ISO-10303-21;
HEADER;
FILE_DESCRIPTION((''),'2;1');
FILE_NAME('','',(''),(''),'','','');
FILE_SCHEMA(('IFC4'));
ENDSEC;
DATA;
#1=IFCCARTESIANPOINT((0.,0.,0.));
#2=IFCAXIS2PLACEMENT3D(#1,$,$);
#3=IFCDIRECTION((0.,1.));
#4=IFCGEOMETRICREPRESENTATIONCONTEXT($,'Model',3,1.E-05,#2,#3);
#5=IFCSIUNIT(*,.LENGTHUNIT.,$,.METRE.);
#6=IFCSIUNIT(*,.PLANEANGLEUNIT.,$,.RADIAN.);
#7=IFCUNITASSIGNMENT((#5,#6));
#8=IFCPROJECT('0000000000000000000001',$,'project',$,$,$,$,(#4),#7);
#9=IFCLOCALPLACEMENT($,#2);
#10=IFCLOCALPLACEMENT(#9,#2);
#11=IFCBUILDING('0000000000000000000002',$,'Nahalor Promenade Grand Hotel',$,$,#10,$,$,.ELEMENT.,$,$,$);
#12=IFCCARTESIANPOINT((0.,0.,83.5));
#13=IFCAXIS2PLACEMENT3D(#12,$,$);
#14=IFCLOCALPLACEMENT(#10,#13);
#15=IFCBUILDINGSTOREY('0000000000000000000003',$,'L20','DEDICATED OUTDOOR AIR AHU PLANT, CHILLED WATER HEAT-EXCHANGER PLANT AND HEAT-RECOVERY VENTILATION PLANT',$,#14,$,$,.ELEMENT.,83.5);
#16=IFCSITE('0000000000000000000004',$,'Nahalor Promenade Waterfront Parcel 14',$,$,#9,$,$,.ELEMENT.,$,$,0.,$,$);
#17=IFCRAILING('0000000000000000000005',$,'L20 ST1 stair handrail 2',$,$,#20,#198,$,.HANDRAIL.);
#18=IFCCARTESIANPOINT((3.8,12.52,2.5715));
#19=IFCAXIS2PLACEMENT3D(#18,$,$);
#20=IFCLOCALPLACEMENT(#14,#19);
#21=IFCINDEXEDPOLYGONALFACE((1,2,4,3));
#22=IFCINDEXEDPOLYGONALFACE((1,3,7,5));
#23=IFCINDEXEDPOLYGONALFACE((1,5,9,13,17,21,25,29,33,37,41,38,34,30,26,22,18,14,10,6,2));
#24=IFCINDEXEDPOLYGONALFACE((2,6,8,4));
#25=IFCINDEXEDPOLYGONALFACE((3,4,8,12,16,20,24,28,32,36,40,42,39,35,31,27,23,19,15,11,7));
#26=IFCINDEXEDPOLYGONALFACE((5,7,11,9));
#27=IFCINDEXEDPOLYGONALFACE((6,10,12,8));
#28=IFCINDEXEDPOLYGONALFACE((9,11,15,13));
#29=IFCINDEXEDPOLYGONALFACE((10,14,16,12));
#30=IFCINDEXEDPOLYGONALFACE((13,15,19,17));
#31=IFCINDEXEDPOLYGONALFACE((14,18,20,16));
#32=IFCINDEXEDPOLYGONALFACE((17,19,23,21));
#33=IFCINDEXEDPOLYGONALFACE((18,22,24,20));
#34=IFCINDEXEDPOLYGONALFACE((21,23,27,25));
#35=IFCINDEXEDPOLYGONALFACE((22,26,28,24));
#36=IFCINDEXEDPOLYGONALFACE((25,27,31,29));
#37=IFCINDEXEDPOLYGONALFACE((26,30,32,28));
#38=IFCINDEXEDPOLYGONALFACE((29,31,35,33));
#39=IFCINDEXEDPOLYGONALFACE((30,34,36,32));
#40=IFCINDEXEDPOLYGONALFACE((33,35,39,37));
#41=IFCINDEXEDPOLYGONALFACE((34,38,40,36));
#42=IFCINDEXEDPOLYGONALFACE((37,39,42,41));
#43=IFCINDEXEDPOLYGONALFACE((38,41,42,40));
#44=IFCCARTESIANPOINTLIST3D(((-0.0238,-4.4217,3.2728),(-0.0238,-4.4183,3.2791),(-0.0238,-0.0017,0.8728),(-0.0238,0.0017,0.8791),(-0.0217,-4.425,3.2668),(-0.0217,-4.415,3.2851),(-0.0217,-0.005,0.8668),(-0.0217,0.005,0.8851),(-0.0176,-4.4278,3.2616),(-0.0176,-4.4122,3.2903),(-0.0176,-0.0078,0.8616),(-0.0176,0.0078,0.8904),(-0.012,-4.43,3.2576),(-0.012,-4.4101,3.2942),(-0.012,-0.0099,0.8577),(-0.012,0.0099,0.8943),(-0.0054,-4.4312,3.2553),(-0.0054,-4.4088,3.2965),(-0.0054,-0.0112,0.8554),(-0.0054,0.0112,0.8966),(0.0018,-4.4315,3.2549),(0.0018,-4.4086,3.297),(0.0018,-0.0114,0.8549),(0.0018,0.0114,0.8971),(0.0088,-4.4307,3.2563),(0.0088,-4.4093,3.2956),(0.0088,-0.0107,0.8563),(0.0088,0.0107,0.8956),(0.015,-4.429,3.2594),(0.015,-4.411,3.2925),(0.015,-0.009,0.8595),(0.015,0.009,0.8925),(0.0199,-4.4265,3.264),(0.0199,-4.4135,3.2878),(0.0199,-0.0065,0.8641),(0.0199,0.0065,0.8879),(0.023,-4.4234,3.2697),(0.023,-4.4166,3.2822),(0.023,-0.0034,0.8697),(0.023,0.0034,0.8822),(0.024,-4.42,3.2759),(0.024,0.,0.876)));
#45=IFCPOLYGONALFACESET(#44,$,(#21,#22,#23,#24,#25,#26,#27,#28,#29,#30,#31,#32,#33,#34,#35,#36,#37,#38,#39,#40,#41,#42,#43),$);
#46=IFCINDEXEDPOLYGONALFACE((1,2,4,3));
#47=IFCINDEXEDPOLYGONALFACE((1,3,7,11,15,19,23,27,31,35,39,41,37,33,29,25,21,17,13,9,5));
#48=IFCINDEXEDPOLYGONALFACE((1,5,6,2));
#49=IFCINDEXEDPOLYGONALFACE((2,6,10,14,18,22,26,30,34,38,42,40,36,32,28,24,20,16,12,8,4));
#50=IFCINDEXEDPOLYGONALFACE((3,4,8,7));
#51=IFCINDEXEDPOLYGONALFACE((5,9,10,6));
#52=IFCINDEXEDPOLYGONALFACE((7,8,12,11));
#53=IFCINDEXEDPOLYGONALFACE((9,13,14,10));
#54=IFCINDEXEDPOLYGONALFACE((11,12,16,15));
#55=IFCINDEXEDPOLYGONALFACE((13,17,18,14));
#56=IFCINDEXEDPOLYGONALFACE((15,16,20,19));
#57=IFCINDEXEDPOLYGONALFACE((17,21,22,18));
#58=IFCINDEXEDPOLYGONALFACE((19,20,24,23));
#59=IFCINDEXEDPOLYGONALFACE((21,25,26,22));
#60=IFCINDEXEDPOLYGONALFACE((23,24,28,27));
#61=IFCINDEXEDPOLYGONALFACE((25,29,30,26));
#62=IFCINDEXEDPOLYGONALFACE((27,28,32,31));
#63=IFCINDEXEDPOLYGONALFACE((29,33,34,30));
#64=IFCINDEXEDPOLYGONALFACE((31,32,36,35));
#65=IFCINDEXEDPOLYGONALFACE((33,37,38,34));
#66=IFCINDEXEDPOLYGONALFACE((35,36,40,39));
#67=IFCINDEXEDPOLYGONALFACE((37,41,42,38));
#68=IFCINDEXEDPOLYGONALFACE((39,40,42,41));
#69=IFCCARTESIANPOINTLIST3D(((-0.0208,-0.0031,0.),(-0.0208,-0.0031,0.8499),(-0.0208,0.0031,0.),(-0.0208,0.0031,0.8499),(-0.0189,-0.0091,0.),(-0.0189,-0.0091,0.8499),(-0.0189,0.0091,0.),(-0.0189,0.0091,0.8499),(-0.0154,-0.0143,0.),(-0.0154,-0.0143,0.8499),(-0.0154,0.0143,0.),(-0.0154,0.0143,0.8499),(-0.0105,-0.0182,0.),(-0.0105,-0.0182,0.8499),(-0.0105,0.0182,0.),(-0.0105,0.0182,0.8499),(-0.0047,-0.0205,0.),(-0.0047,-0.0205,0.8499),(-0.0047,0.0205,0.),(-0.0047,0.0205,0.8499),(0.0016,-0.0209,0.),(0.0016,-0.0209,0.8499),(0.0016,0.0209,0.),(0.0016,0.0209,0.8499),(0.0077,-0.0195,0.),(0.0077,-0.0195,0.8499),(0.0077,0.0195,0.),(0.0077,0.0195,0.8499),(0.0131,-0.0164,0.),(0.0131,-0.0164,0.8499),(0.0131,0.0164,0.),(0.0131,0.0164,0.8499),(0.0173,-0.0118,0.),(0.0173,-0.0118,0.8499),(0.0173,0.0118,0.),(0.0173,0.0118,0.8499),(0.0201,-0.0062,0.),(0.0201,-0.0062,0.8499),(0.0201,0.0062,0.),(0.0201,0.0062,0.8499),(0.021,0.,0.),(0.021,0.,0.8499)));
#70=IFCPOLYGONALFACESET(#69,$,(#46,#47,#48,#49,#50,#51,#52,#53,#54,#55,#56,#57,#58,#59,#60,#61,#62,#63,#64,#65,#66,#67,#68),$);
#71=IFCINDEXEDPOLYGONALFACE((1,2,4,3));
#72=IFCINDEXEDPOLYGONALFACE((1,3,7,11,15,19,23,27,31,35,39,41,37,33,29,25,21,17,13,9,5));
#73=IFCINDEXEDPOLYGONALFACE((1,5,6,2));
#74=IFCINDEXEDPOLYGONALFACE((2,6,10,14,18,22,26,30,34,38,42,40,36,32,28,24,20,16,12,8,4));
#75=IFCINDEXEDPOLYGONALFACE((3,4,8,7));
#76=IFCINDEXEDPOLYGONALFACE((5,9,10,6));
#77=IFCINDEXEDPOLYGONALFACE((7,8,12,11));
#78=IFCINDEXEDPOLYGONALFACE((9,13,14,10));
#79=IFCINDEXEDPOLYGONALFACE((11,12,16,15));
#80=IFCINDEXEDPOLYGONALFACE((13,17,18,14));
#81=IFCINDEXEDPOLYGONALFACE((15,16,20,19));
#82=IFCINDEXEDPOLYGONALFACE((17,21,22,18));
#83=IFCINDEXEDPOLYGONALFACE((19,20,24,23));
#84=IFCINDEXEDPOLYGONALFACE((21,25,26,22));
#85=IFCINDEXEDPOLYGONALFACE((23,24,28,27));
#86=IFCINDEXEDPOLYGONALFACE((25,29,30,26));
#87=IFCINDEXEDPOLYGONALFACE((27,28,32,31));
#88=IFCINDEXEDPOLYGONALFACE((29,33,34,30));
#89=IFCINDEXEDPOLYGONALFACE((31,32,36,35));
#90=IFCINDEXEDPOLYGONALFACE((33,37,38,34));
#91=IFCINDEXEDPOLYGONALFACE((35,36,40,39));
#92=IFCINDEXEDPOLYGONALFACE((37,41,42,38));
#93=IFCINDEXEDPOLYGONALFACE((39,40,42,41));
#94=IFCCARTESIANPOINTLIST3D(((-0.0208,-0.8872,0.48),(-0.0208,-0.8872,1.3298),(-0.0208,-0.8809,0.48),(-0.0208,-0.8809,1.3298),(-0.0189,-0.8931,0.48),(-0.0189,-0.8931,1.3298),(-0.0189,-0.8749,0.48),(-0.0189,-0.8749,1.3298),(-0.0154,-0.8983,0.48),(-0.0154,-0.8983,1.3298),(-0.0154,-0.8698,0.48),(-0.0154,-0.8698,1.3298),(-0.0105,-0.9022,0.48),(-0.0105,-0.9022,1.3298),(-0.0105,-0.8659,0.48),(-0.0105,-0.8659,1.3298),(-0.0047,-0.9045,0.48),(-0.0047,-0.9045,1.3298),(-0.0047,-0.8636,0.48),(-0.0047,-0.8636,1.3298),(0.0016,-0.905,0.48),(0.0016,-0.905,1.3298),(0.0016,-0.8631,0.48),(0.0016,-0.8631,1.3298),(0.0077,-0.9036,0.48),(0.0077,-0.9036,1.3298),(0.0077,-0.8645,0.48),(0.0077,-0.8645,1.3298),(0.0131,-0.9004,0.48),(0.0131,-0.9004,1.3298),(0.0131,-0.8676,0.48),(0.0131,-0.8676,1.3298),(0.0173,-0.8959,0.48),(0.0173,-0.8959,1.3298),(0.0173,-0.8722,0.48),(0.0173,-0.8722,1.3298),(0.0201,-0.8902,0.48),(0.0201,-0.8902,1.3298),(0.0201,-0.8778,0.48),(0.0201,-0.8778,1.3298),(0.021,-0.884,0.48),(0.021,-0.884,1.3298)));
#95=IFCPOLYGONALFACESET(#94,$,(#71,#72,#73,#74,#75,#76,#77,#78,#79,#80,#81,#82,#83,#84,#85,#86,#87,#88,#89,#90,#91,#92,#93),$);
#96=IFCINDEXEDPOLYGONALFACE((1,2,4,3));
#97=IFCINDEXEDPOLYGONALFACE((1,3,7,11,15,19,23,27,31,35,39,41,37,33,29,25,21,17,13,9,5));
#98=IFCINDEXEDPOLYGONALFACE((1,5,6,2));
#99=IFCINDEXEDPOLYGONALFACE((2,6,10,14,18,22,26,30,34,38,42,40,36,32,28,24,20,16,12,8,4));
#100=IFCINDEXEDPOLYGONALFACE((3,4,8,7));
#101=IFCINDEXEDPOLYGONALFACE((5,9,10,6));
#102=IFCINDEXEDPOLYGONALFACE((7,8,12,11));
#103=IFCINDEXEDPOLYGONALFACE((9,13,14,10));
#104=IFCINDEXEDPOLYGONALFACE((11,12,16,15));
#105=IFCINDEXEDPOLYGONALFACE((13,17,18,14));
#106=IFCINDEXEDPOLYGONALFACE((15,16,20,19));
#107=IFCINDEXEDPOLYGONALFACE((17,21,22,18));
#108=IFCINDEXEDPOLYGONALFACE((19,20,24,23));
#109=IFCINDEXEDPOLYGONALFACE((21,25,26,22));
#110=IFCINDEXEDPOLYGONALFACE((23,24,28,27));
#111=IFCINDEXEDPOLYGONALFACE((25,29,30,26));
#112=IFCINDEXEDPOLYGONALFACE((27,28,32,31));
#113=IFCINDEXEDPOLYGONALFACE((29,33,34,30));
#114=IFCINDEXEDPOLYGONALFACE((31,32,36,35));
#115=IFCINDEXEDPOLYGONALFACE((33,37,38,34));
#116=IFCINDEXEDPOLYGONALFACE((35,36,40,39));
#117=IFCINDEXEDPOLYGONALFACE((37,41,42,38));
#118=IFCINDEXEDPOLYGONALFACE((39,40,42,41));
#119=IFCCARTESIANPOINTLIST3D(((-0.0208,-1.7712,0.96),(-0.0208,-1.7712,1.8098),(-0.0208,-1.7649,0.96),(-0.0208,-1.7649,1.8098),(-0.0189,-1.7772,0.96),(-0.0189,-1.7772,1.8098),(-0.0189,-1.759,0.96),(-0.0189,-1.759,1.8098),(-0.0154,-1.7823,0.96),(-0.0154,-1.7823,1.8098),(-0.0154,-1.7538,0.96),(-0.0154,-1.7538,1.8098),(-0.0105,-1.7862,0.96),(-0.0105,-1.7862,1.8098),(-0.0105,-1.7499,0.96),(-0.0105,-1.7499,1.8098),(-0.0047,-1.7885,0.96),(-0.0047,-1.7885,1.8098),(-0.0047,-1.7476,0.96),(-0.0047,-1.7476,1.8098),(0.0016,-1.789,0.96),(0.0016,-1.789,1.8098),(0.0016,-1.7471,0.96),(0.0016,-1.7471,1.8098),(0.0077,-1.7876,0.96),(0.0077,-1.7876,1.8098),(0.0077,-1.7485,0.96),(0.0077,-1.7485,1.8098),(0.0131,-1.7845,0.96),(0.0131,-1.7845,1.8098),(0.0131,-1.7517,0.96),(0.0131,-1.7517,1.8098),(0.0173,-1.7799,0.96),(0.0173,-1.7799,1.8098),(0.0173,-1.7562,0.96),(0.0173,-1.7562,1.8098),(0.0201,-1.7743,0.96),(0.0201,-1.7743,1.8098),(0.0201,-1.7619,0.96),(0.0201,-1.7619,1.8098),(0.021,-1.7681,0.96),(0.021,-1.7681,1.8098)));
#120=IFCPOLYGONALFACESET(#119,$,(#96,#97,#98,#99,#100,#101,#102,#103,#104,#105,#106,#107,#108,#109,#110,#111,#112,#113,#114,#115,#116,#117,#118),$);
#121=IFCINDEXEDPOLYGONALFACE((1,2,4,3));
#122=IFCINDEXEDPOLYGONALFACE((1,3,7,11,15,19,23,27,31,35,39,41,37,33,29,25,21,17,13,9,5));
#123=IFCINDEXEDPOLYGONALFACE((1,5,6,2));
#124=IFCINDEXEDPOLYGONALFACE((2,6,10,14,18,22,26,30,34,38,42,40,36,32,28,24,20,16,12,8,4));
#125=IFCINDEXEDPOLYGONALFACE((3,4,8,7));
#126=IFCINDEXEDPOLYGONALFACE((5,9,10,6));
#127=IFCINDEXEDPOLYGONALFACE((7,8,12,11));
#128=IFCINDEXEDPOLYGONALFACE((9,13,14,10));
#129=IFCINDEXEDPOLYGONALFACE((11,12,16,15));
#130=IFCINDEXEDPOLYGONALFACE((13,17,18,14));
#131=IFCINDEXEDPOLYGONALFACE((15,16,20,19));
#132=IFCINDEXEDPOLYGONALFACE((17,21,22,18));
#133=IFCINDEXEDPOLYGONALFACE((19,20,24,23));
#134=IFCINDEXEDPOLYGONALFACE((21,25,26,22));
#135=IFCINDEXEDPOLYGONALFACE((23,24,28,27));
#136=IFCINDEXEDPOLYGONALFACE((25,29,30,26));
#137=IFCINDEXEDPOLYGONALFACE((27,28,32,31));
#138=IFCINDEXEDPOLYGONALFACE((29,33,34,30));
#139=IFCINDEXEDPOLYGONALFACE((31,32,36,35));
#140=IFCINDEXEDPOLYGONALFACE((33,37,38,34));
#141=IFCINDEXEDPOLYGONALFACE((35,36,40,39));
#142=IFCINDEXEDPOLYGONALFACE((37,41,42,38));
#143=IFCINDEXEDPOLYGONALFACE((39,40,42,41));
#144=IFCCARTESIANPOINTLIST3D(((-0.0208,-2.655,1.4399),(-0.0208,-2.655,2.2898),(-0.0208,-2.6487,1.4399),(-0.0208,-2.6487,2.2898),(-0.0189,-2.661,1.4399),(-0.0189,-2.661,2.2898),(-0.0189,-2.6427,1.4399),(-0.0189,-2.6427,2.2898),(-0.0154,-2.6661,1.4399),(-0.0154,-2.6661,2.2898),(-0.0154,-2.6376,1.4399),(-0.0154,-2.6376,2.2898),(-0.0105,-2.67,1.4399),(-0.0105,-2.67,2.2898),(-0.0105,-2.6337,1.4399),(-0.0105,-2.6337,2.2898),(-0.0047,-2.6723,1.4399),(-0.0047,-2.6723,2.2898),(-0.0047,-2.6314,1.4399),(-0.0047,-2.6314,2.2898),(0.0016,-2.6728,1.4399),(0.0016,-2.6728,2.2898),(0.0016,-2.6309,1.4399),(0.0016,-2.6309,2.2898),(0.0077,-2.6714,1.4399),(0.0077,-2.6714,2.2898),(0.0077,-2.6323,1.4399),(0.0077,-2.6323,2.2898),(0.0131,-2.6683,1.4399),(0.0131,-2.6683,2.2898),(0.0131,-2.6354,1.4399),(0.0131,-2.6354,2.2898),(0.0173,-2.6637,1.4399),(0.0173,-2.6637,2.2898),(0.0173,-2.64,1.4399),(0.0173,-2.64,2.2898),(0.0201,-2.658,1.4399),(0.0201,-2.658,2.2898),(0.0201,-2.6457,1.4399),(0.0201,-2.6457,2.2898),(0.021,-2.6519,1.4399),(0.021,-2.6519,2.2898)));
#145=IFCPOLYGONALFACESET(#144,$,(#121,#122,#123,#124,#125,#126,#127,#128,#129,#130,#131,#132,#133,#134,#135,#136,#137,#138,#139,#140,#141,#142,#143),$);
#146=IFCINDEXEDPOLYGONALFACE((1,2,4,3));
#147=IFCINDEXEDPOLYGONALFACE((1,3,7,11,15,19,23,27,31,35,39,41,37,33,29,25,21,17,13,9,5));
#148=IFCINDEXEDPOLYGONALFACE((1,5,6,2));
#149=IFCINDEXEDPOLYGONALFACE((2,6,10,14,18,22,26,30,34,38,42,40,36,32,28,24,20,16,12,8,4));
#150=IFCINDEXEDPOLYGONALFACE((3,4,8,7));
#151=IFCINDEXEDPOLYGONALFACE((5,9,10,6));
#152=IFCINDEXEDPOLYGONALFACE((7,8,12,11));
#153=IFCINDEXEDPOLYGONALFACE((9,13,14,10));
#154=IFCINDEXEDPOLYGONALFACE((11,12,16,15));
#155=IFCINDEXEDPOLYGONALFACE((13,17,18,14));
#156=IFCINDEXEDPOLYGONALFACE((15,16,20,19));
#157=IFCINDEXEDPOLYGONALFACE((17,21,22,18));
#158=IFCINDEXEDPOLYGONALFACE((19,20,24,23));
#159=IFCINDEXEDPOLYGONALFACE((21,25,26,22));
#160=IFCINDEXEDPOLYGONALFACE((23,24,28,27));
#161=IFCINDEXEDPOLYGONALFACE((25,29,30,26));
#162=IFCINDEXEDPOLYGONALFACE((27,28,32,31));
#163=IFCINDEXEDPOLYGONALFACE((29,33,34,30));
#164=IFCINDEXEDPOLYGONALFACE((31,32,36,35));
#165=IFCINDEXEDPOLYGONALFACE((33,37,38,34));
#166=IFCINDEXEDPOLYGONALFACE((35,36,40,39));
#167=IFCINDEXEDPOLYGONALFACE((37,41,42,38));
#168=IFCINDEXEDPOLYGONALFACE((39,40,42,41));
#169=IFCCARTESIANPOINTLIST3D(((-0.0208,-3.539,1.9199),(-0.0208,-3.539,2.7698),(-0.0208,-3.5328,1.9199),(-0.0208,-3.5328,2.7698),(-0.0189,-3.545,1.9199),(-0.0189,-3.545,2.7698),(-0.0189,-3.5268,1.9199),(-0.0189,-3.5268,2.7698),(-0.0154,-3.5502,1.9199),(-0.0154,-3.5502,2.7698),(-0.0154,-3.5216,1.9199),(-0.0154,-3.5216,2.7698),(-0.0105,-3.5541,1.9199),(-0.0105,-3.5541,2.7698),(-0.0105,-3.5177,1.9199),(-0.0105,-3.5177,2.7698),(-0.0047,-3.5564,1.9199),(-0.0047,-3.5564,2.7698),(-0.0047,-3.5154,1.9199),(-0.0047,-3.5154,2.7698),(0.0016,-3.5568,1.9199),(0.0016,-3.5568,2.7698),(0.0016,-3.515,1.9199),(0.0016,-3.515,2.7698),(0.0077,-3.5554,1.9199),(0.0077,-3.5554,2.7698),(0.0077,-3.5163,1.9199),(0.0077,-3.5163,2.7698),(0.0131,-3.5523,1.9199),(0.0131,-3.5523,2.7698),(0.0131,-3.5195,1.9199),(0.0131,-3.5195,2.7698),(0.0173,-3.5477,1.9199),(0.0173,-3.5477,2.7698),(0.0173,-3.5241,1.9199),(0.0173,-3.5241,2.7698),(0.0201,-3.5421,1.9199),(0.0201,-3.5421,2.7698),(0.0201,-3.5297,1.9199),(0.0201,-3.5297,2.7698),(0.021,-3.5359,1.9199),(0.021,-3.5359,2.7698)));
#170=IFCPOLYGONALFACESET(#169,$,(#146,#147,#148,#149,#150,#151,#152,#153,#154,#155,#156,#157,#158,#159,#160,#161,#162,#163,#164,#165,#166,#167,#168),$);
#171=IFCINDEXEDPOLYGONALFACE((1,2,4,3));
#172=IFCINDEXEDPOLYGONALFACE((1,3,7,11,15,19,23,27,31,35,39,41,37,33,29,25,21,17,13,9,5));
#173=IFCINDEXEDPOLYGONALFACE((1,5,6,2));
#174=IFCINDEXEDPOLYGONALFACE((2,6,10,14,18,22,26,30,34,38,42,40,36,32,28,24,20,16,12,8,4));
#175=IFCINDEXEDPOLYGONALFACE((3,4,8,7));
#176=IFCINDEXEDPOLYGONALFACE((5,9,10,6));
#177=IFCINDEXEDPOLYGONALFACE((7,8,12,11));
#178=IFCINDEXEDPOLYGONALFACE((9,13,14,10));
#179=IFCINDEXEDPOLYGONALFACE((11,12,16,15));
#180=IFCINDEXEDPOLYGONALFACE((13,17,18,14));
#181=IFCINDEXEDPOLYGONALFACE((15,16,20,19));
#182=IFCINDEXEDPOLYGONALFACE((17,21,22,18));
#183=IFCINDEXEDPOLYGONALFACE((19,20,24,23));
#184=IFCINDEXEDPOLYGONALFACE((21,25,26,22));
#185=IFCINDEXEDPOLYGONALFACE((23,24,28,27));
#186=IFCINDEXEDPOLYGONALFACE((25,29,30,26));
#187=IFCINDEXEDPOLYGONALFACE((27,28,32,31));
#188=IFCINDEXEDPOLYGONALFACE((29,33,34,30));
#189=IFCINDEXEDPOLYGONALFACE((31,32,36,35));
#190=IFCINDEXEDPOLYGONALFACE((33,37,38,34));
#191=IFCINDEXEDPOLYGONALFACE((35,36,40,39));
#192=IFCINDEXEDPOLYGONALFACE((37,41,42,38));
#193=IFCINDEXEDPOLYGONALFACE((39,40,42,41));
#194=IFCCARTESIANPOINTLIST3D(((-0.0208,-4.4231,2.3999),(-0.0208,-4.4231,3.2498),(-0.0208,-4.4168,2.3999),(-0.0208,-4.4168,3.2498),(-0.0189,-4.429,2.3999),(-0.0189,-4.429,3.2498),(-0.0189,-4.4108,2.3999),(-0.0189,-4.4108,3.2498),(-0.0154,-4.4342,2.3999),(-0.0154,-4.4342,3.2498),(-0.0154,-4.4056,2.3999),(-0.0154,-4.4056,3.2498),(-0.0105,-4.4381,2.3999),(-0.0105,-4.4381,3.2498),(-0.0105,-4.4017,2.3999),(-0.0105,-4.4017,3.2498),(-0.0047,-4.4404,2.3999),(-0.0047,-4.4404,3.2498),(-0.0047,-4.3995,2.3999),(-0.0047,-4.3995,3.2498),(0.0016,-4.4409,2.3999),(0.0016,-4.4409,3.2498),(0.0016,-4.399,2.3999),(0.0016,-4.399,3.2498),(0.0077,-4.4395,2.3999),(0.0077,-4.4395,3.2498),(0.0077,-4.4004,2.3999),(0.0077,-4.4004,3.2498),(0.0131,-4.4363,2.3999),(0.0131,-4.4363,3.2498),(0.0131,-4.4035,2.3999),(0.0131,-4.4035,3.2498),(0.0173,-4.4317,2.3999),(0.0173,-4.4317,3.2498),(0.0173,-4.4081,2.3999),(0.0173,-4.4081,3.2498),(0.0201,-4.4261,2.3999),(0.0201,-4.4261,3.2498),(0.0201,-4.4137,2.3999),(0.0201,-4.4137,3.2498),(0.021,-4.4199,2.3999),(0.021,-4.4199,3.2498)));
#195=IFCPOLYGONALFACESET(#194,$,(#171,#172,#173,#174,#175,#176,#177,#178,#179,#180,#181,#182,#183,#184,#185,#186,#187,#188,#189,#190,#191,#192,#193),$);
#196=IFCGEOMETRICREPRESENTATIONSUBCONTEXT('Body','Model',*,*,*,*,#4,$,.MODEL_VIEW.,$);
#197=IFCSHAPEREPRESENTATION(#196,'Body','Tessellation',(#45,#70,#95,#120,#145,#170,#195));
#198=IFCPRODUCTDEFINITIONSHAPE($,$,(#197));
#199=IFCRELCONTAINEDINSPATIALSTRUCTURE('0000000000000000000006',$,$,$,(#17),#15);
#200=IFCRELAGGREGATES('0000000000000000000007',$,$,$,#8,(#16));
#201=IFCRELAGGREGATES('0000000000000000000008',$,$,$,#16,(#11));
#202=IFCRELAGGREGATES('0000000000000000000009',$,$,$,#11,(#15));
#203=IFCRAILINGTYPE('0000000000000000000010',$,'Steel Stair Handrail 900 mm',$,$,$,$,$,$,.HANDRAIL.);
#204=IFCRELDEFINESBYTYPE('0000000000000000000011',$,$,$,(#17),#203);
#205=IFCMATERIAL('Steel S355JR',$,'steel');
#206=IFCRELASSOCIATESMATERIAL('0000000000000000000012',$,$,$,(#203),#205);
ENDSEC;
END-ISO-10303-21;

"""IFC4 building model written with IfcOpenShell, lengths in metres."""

from ifc_helpers import new_model, si_unit, direction, frame, origin, origin_2d, place, context, subcontext, project, spatial, circle, extrude, material, type_object, element, save


model = new_model("IFC4")

# Units and contexts
model_context = context("Model", 3, precision=1e-05, world=origin(), true_north=direction((0.0, 1.0)))
body_context = subcontext(model_context, "Body", "Model", "MODEL_VIEW")
ifc_project = project(units=[si_unit("LENGTHUNIT", "METRE"), si_unit("PLANEANGLEUNIT", "RADIAN")], contexts=[model_context])

# Site, building, storey
site_placement = place(None, origin())
site = spatial("IfcSite", under=ifc_project, at=site_placement, Name="Nahalor Promenade Waterfront Parcel 14", CompositionType="ELEMENT", RefElevation=0.0)
building_placement = place(site_placement, origin())
building = spatial("IfcBuilding", under=site, at=building_placement, Name="Nahalor Promenade Grand Hotel", CompositionType="ELEMENT")
storey_placement = place(building_placement, frame((0.0, 0.0, 83.5)))
storey = spatial("IfcBuildingStorey", under=building, at=storey_placement, Name="L20", Description="DEDICATED OUTDOOR AIR AHU PLANT, CHILLED WATER HEAT-EXCHANGER PLANT AND HEAT-RECOVERY VENTILATION PLANT", CompositionType="ELEMENT", Elevation=83.5)

# Shared definitions
ifc_material_1 = material(Name="Steel S355JR", Category="steel")

# Railing
railing_type = type_object("IfcRailingType", Name="Steel Stair Handrail 900 mm", PredefinedType="HANDRAIL", material=ifc_material_1)
railing_placement = place(storey_placement, frame((3.8, 12.52, 2.5715)))
element("IfcRailing", 1, at=railing_placement, inside=storey, type_object=railing_type, Name="L20 ST1 stair handrail 2", PredefinedType="HANDRAIL", context=body_context, shape_type="SweptSolid", body=[
    extrude(circle(Radius=0.024, at=origin_2d()), frame((0.0, 0.0, 0.876), z_axis=(0.0, -0.87881, 0.477171), x_axis=(1.0, 0.0, 0.0)), (0.0, 0.0, 1.0), 5.0295),
    extrude(circle(Radius=0.021, at=origin_2d()), origin(), (0.0, 0.0, 1.0), 0.8499),
    extrude(circle(Radius=0.021, at=origin_2d()), frame((0.0, -0.884, 0.48)), (0.0, 0.0, 1.0), 0.8499),
    extrude(circle(Radius=0.021, at=origin_2d()), frame((0.0, -1.7681, 0.96)), (0.0, 0.0, 1.0), 0.8499),
    extrude(circle(Radius=0.021, at=origin_2d()), frame((0.0, -2.6519, 1.4399)), (0.0, 0.0, 1.0), 0.8499),
    extrude(circle(Radius=0.021, at=origin_2d()), frame((0.0, -3.5359, 1.9199)), (0.0, 0.0, 1.0), 0.8499),
    extrude(circle(Radius=0.021, at=origin_2d()), frame((0.0, -4.4199, 2.3999)), (0.0, 0.0, 1.0), 0.8499),
])

save(model, "model.ifc")
